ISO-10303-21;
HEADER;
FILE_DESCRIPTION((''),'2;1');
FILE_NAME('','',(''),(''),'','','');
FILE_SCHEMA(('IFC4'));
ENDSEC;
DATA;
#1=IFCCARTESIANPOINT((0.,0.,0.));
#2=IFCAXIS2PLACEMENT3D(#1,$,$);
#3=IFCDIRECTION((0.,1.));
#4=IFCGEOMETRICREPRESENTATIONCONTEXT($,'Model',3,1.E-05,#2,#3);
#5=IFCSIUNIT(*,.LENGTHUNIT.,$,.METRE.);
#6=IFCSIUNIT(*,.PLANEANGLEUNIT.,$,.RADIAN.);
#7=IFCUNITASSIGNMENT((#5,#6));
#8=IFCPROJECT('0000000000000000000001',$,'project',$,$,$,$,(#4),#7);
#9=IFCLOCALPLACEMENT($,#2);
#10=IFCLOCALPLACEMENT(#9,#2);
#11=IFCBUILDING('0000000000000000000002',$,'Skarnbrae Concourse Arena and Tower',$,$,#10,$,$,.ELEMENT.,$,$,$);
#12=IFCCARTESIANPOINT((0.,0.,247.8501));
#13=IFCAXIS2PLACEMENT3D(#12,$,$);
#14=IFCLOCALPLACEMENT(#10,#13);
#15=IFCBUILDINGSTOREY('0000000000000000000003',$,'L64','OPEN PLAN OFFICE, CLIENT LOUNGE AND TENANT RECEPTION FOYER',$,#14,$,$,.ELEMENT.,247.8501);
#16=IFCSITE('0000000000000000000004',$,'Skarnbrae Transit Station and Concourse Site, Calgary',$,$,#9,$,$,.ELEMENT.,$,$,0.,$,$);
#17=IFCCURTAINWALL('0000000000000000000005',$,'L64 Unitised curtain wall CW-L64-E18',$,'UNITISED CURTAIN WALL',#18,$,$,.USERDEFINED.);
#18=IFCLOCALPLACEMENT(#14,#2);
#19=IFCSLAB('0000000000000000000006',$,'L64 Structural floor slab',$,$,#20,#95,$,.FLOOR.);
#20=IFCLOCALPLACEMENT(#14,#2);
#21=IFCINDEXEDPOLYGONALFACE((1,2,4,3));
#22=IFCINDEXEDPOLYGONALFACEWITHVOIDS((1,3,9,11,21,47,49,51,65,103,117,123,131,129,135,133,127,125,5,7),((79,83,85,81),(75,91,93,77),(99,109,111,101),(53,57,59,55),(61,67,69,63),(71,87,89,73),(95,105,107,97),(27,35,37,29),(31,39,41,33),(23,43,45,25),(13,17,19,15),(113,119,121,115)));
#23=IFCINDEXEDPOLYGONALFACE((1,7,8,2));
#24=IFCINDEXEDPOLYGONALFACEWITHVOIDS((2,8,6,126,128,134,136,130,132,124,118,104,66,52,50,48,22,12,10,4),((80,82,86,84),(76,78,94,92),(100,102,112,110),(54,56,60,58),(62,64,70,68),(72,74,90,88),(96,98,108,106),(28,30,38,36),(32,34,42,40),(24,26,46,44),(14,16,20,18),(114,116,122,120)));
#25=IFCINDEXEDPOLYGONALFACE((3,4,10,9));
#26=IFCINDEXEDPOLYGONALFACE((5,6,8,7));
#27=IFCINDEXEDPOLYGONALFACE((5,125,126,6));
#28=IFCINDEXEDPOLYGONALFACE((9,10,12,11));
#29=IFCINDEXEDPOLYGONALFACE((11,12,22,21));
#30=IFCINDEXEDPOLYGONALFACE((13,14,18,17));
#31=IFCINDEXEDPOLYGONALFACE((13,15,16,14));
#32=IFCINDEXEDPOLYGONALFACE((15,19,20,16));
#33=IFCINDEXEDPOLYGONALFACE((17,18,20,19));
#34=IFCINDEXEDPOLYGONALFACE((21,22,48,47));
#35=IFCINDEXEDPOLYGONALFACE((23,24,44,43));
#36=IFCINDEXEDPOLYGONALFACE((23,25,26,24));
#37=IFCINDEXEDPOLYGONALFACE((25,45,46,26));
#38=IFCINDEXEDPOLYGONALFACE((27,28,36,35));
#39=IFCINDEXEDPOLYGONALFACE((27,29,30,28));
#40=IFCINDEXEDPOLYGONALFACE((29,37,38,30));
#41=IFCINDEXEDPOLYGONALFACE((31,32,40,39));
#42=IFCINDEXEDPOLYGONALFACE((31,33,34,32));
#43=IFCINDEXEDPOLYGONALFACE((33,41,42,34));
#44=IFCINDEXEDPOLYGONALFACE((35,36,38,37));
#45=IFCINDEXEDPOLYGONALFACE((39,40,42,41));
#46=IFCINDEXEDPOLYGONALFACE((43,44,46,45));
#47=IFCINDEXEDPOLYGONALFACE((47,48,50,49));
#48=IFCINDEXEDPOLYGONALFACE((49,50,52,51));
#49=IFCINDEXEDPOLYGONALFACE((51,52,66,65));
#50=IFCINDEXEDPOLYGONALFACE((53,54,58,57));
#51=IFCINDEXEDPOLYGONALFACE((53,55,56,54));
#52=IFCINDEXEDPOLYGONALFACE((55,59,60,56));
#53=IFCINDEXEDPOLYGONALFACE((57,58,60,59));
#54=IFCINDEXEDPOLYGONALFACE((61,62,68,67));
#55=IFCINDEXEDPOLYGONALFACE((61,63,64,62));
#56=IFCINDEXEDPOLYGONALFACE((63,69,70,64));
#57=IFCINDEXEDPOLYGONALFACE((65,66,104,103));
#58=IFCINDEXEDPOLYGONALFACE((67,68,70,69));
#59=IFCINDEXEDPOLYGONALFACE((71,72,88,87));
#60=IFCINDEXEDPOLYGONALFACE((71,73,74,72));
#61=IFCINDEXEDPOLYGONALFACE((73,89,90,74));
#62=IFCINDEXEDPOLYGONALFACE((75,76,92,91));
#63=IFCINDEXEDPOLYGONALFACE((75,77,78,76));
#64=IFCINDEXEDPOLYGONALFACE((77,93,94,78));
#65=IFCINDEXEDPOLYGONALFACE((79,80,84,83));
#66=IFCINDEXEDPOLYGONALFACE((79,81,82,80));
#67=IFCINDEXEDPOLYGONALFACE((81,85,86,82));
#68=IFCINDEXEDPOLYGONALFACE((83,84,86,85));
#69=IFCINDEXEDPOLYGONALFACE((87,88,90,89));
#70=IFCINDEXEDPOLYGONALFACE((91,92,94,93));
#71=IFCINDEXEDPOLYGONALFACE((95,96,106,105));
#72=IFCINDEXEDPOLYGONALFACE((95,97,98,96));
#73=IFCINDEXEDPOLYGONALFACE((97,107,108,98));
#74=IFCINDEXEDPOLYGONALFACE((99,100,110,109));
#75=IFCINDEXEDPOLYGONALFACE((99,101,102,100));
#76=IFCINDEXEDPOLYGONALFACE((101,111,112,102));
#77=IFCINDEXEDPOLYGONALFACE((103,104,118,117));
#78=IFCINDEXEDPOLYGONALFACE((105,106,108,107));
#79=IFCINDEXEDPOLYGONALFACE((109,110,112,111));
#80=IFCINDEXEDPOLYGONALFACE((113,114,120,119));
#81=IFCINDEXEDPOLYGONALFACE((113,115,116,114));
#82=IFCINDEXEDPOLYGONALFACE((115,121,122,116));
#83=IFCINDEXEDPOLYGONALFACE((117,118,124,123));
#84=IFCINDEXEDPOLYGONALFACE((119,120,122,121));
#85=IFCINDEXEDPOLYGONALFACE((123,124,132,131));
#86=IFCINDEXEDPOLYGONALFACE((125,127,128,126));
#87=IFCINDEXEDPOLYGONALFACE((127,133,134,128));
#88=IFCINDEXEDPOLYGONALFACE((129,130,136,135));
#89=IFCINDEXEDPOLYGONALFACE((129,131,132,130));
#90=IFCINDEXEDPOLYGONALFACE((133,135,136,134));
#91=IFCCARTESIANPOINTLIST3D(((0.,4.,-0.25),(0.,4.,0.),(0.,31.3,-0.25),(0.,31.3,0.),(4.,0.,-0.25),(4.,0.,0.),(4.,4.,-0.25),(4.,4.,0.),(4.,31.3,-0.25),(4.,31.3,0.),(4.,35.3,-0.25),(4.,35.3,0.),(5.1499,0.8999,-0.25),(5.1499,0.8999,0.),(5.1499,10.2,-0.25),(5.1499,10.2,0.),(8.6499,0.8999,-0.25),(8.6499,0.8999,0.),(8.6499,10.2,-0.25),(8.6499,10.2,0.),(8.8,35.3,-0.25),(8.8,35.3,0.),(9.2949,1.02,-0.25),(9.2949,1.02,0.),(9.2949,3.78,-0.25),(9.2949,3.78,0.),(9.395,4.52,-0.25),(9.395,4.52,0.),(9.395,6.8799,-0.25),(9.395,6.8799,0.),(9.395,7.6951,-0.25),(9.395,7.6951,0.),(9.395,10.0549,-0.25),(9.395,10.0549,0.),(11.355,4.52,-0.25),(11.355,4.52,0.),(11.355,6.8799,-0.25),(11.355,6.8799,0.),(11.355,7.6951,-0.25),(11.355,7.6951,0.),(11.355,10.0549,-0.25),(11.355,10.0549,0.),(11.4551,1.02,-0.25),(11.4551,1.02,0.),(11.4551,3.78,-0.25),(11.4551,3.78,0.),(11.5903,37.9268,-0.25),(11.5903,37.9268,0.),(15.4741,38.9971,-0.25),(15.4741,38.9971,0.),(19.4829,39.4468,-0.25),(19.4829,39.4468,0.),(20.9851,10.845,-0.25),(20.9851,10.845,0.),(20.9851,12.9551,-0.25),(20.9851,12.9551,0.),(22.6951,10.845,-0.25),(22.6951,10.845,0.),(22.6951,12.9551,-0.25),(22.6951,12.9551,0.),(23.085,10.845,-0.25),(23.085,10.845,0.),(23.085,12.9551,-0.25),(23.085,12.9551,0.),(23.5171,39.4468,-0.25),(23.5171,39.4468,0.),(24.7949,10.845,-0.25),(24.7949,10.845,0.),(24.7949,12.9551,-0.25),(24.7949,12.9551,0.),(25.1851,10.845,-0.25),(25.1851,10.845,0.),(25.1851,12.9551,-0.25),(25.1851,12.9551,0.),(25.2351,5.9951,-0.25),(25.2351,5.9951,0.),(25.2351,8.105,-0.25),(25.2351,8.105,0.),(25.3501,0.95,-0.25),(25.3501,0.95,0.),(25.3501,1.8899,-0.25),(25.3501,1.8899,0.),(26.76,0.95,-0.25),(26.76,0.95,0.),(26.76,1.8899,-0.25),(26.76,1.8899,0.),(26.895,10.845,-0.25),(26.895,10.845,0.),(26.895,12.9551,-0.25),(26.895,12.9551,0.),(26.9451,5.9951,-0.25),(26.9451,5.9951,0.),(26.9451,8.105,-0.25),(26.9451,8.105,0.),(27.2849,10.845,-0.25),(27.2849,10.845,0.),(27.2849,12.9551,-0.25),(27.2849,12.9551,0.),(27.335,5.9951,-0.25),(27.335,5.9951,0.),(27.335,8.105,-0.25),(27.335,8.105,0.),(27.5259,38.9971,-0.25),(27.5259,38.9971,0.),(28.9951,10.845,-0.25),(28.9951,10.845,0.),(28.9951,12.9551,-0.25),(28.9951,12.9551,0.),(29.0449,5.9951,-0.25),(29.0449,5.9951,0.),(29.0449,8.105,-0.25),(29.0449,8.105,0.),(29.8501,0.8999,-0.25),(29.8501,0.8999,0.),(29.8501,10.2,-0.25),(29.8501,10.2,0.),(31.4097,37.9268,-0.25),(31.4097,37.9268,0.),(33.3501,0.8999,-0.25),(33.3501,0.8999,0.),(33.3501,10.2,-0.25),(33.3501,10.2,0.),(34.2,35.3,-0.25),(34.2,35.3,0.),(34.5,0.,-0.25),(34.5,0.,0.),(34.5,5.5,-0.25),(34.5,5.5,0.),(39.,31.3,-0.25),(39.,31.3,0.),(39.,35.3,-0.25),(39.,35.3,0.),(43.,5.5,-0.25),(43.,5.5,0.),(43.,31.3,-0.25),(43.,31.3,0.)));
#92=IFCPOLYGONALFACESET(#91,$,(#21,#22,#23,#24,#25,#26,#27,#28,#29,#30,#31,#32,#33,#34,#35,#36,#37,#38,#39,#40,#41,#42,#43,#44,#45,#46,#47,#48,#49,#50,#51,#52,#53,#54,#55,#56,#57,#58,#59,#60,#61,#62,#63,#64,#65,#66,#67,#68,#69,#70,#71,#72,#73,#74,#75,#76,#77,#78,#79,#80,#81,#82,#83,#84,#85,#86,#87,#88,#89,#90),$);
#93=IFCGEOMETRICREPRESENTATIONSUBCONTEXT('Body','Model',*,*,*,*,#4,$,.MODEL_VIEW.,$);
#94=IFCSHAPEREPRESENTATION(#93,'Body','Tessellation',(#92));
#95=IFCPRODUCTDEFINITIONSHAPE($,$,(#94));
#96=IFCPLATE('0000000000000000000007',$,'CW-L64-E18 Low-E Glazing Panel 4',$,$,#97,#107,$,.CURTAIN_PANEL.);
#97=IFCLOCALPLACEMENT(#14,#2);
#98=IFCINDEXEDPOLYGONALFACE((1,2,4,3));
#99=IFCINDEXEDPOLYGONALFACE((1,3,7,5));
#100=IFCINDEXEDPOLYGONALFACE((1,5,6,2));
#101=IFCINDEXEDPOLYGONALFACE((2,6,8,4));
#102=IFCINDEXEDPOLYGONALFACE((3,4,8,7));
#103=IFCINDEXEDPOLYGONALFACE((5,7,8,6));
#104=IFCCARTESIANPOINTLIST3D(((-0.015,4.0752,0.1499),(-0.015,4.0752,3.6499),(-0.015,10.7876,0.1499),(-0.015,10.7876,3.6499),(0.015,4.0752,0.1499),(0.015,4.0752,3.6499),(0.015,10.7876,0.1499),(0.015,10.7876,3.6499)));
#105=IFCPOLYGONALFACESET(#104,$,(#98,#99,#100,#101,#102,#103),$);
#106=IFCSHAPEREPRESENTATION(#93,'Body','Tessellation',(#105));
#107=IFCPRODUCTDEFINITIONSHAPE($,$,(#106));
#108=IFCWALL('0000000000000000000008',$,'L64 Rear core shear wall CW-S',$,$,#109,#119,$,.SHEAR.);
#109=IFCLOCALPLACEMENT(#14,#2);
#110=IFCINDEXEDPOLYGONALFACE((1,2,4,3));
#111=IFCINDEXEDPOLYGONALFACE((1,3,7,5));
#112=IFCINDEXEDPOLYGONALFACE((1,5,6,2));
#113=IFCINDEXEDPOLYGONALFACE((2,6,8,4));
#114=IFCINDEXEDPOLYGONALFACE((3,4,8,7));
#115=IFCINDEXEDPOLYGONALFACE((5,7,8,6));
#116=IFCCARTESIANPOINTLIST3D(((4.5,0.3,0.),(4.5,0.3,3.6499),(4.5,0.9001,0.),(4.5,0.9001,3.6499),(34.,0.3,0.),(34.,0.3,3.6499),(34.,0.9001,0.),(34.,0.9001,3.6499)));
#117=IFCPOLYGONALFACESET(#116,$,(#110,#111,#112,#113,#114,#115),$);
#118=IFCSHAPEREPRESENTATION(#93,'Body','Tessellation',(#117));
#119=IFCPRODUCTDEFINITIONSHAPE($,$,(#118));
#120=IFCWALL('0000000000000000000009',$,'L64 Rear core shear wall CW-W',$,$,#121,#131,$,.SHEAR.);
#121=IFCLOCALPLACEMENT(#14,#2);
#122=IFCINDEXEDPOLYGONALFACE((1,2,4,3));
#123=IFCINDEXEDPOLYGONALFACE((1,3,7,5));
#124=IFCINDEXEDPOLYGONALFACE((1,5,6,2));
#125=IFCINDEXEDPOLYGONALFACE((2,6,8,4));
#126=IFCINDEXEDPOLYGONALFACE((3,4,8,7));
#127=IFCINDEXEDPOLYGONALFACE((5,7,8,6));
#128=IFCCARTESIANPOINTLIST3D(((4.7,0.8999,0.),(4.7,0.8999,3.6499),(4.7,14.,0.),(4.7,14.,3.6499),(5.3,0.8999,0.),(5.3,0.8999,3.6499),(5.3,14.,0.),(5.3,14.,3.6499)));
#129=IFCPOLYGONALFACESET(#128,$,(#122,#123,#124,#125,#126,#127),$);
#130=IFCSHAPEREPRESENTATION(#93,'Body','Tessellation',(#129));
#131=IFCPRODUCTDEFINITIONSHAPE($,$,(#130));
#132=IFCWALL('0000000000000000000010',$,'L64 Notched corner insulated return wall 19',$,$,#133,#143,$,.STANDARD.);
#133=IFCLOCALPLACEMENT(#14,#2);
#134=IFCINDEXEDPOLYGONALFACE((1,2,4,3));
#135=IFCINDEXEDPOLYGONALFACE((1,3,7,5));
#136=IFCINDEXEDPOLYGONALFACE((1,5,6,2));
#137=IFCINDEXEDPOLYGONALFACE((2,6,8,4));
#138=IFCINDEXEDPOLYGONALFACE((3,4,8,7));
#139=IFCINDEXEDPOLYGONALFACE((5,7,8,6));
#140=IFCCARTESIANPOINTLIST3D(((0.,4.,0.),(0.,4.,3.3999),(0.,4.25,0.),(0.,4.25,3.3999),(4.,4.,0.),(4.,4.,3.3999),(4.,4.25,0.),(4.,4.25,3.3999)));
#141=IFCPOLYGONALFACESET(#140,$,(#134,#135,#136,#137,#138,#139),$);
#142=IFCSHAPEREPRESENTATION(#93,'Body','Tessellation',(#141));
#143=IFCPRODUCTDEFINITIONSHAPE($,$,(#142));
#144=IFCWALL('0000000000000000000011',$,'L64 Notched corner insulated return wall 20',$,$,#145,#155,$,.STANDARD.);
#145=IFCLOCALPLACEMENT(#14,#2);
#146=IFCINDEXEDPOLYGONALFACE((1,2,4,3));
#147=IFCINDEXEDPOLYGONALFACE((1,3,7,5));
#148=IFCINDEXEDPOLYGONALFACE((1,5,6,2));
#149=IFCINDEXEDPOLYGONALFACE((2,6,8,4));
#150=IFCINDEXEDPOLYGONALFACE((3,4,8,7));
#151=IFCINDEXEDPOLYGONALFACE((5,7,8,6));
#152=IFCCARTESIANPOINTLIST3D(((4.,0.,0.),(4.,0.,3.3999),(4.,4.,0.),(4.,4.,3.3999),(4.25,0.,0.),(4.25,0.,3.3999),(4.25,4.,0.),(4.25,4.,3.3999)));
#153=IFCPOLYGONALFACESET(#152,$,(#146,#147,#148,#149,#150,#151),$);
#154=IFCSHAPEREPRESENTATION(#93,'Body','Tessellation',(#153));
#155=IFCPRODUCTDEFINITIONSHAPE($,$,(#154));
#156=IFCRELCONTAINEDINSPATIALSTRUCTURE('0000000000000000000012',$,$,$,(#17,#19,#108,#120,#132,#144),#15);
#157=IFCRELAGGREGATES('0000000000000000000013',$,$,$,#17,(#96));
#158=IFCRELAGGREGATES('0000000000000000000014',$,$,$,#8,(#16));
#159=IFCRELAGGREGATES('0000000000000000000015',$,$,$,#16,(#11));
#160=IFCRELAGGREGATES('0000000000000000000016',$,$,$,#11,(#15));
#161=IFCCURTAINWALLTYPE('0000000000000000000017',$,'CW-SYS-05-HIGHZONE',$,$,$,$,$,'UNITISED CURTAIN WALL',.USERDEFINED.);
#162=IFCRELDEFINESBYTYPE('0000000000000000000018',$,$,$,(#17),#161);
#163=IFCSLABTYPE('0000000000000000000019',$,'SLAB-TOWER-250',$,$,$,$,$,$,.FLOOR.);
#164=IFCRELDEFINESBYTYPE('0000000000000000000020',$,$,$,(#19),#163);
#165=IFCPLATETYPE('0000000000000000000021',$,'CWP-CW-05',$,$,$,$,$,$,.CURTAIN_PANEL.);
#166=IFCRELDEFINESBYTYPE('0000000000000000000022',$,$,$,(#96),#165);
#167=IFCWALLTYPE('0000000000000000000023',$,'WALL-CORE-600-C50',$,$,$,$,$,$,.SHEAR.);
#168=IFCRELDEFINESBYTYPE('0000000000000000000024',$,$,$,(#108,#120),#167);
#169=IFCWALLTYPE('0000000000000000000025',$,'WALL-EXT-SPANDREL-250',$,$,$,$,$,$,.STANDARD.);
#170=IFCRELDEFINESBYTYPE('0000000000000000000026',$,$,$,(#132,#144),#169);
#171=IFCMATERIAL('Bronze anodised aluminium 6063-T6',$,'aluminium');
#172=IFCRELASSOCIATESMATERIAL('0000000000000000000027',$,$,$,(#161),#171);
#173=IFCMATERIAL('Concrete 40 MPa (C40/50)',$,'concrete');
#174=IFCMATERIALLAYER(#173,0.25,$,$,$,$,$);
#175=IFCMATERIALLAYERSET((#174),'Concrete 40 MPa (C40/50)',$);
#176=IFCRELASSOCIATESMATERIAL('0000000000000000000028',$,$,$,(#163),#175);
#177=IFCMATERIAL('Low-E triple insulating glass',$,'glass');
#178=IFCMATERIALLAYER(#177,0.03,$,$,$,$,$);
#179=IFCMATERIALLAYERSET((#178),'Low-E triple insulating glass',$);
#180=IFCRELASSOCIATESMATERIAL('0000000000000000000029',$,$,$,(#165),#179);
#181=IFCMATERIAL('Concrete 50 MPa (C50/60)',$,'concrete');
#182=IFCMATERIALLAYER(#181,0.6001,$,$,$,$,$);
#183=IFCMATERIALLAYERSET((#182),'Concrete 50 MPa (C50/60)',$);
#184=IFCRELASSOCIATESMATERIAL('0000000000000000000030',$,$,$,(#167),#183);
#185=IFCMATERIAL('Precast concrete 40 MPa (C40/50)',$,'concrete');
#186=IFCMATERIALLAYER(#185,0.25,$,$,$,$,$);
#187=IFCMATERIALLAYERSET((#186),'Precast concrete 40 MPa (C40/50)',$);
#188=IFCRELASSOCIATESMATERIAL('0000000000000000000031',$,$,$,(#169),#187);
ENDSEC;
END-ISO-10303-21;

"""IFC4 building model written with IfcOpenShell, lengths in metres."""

from ifc_helpers import new_model, si_unit, direction, frame, frame_2d, origin, origin_2d, place, context, subcontext, project, spatial, polyline, rectangle, outline, extrude, source, transform, mapped, material, layer, layer_set, type_object, element, aggregate, save


model = new_model("IFC4")

# Units and contexts
model_context = context("Model", 3, precision=1e-05, world=origin(), true_north=direction((0.0, 1.0)))
body_context = subcontext(model_context, "Body", "Model", "MODEL_VIEW")
ifc_project = project(units=[si_unit("LENGTHUNIT", "METRE"), si_unit("PLANEANGLEUNIT", "RADIAN")], contexts=[model_context])

# Site, building, storey
site_placement = place(None, origin())
site = spatial("IfcSite", under=ifc_project, at=site_placement, Name="Skarnbrae Transit Station and Concourse Site, Calgary", CompositionType="ELEMENT", RefElevation=0.0)
building_placement = place(site_placement, origin())
building = spatial("IfcBuilding", under=site, at=building_placement, Name="Skarnbrae Concourse Arena and Tower", CompositionType="ELEMENT")
storey_placement = place(building_placement, frame((0.0, 0.0, 247.8501)))
storey = spatial("IfcBuildingStorey", under=building, at=storey_placement, Name="L64", Description="OPEN PLAN OFFICE, CLIENT LOUNGE AND TENANT RECEPTION FOYER", CompositionType="ELEMENT", Elevation=247.8501)

# Curtain wall
ifc_material_1 = material(Name="Bronze anodised aluminium 6063-T6", Category="aluminium")
curtain_wall_type = type_object("IfcCurtainWallType", Name="CW-SYS-05-HIGHZONE", ElementType="UNITISED CURTAIN WALL", PredefinedType="USERDEFINED", material=ifc_material_1)
curtain_wall_placement = place(storey_placement, origin())
curtain_wall = element("IfcCurtainWall", 1, at=curtain_wall_placement, inside=storey, type_object=curtain_wall_type, Name="L64 Unitised curtain wall CW-L64-E18", ObjectType="UNITISED CURTAIN WALL", PredefinedType="USERDEFINED")

# Shared definitions
ifc_material_2 = material(Name="Concrete 40 MPa (C40/50)", Category="concrete")

# Slab
ifc_layer_1 = layer(ifc_material_2, 0.25)
ifc_layer_set_1 = layer_set([ifc_layer_1], Name="Concrete 40 MPa (C40/50)")
slab_type_1 = type_object("IfcSlabType", Name="SLAB-TOWER-250", PredefinedType="FLOOR", material=ifc_layer_set_1)
slab_1_placement = place(storey_placement, frame((0.0, 0.0, -0.25)))
element("IfcSlab", 2, at=slab_1_placement, inside=storey, type_object=slab_type_1, Name="L64 Structural floor slab", PredefinedType="FLOOR", context=body_context, shape_type="SweptSolid", body=[
    extrude(outline(polyline([(4.0, 0.0), (34.5, 0.0), (34.5, 5.5), (43.0, 5.5), (43.0, 31.3), (39.0, 31.3), (39.0, 35.3), (34.2, 35.3), (31.4097, 37.9268), (27.5259, 38.9971), (23.5171, 39.4468), (19.4829, 39.4468), (15.4741, 38.9971), (11.5903, 37.9268), (8.8, 35.3), (4.0, 35.3), (4.0, 31.3), (0.0, 31.3), (0.0, 4.0), (4.0, 4.0), (4.0, 0.0)]), holes=[polyline([(9.2949, 1.02), (9.2949, 3.78), (11.4551, 3.78), (11.4551, 1.02), (9.2949, 1.02)]), polyline([(8.6499, 10.2), (8.6499, 0.8999), (5.1499, 0.8999), (5.1499, 10.2), (8.6499, 10.2)]), polyline([(9.395, 6.8799), (11.355, 6.8799), (11.355, 4.52), (9.395, 4.52), (9.395, 6.8799)]), polyline([(9.395, 7.6951), (9.395, 10.0549), (11.355, 10.0549), (11.355, 7.6951), (9.395, 7.6951)]), polyline([(20.9851, 12.9551), (22.6951, 12.9551), (22.6951, 10.845), (20.9851, 10.845), (20.9851, 12.9551)]), polyline([(23.085, 12.9551), (24.7949, 12.9551), (24.7949, 10.845), (23.085, 10.845), (23.085, 12.9551)]), polyline([(25.3501, 0.95), (25.3501, 1.8899), (26.76, 1.8899), (26.76, 0.95), (25.3501, 0.95)]), polyline([(33.3501, 10.2), (33.3501, 0.8999), (29.8501, 0.8999), (29.8501, 10.2), (33.3501, 10.2)]), polyline([(25.2351, 8.105), (26.9451, 8.105), (26.9451, 5.9951), (25.2351, 5.9951), (25.2351, 8.105)]), polyline([(27.335, 5.9951), (27.335, 8.105), (29.0449, 8.105), (29.0449, 5.9951), (27.335, 5.9951)]), polyline([(25.1851, 12.9551), (26.895, 12.9551), (26.895, 10.845), (25.1851, 10.845), (25.1851, 12.9551)]), polyline([(27.2849, 12.9551), (28.9951, 12.9551), (28.9951, 10.845), (27.2849, 10.845), (27.2849, 12.9551)])]), origin(), (0.0, 0.0, 1.0), 0.25),
])

# Plate
ifc_material_3 = material(Name="Low-E triple insulating glass", Category="glass")
ifc_layer_2 = layer(ifc_material_3, 0.03)
ifc_layer_set_2 = layer_set([ifc_layer_2], Name="Low-E triple insulating glass")
plate_type = type_object("IfcPlateType", Name="CWP-CW-05", PredefinedType="CURTAIN_PANEL", material=ifc_layer_set_2)
shared_shape_1 = source(origin(), body_context, "Body", "SweptSolid", [
    extrude(rectangle(XDim=6.7124, YDim=0.03, at=origin_2d()), origin(), (0.0, 0.0, 1.0), 3.5),
])
plate_placement = place(storey_placement, frame((0.0, 7.4314, 0.1499), z_axis=(0.0, 0.0, 1.0), x_axis=(0.0, -1.0, 0.0)))
plate = element("IfcPlate", 3, at=plate_placement, type_object=plate_type, Name="CW-L64-E18 Low-E Glazing Panel 4", PredefinedType="CURTAIN_PANEL", context=body_context, shape_type="MappedRepresentation", body=[
    mapped(shared_shape_1, transform((0.0, 0.0, 0.0))),
])
aggregate(curtain_wall, [plate])

# Shared definitions
ifc_material_4 = material(Name="Concrete 50 MPa (C50/60)", Category="concrete")

# Walls
ifc_layer_3 = layer(ifc_material_4, 0.6001)
ifc_layer_set_3 = layer_set([ifc_layer_3], Name="Concrete 50 MPa (C50/60)")
wall_type_1 = type_object("IfcWallType", Name="WALL-CORE-600-C50", PredefinedType="SHEAR", material=ifc_layer_set_3)
shared_shape_2 = source(origin(), body_context, "Body", "SweptSolid", [
    extrude(rectangle(XDim=29.5, YDim=0.6001, at=frame_2d((14.75, 0.0))), origin(), (0.0, 0.0, 1.0), 3.6499),
])
wall_1_placement = place(storey_placement, frame((4.5, 0.6001, 0.0), z_axis=(0.0, 0.0, 1.0), x_axis=(1.0, 0.0, 0.0)))
element("IfcWall", 4, at=wall_1_placement, inside=storey, type_object=wall_type_1, Name="L64 Rear core shear wall CW-S", PredefinedType="SHEAR", context=body_context, shape_type="MappedRepresentation", body=[
    mapped(shared_shape_2, transform((0.0, 0.0, 0.0))),
])
shared_shape_3 = source(origin(), body_context, "Body", "SweptSolid", [
    extrude(rectangle(XDim=13.1001, YDim=0.6001, at=frame_2d((6.55, 0.0))), origin(), (0.0, 0.0, 1.0), 3.6499),
])
wall_2_placement = place(storey_placement, frame((5.0, 0.8999, 0.0), z_axis=(0.0, 0.0, 1.0), x_axis=(0.0, 1.0, 0.0)))
element("IfcWall", 5, at=wall_2_placement, inside=storey, type_object=wall_type_1, Name="L64 Rear core shear wall CW-W", PredefinedType="SHEAR", context=body_context, shape_type="MappedRepresentation", body=[
    mapped(shared_shape_3, transform((0.0, 0.0, 0.0))),
])
ifc_material_5 = material(Name="Precast concrete 40 MPa (C40/50)", Category="concrete")
ifc_layer_4 = layer(ifc_material_5, 0.25)
ifc_layer_set_4 = layer_set([ifc_layer_4], Name="Precast concrete 40 MPa (C40/50)")
wall_type_2 = type_object("IfcWallType", Name="WALL-EXT-SPANDREL-250", PredefinedType="STANDARD", material=ifc_layer_set_4)
shared_shape_4 = source(origin(), body_context, "Body", "SweptSolid", [
    extrude(rectangle(XDim=4.0, YDim=0.25, at=frame_2d((2.0, 0.0))), origin(), (0.0, 0.0, 1.0), 3.3999),
])
for number, where, z_axis, x_axis, name in (
    (6, (0.0, 4.125, 0.0), (0.0, 0.0, 1.0), (1.0, 0.0, 0.0), "L64 Notched corner insulated return wall 19"),
    (7, (4.125, 4.0, 0.0), (0.0, 0.0, 1.0), (0.0, -1.0, 0.0), "L64 Notched corner insulated return wall 20"),
):
    element("IfcWall", number, at=place(storey_placement, frame(where, z_axis=z_axis, x_axis=x_axis)), inside=storey, type_object=wall_type_2, Name=name, PredefinedType="STANDARD", context=body_context, shape_type="MappedRepresentation", body=[
        mapped(shared_shape_4, transform((0.0, 0.0, 0.0))),
    ])

save(model, "model.ifc")
